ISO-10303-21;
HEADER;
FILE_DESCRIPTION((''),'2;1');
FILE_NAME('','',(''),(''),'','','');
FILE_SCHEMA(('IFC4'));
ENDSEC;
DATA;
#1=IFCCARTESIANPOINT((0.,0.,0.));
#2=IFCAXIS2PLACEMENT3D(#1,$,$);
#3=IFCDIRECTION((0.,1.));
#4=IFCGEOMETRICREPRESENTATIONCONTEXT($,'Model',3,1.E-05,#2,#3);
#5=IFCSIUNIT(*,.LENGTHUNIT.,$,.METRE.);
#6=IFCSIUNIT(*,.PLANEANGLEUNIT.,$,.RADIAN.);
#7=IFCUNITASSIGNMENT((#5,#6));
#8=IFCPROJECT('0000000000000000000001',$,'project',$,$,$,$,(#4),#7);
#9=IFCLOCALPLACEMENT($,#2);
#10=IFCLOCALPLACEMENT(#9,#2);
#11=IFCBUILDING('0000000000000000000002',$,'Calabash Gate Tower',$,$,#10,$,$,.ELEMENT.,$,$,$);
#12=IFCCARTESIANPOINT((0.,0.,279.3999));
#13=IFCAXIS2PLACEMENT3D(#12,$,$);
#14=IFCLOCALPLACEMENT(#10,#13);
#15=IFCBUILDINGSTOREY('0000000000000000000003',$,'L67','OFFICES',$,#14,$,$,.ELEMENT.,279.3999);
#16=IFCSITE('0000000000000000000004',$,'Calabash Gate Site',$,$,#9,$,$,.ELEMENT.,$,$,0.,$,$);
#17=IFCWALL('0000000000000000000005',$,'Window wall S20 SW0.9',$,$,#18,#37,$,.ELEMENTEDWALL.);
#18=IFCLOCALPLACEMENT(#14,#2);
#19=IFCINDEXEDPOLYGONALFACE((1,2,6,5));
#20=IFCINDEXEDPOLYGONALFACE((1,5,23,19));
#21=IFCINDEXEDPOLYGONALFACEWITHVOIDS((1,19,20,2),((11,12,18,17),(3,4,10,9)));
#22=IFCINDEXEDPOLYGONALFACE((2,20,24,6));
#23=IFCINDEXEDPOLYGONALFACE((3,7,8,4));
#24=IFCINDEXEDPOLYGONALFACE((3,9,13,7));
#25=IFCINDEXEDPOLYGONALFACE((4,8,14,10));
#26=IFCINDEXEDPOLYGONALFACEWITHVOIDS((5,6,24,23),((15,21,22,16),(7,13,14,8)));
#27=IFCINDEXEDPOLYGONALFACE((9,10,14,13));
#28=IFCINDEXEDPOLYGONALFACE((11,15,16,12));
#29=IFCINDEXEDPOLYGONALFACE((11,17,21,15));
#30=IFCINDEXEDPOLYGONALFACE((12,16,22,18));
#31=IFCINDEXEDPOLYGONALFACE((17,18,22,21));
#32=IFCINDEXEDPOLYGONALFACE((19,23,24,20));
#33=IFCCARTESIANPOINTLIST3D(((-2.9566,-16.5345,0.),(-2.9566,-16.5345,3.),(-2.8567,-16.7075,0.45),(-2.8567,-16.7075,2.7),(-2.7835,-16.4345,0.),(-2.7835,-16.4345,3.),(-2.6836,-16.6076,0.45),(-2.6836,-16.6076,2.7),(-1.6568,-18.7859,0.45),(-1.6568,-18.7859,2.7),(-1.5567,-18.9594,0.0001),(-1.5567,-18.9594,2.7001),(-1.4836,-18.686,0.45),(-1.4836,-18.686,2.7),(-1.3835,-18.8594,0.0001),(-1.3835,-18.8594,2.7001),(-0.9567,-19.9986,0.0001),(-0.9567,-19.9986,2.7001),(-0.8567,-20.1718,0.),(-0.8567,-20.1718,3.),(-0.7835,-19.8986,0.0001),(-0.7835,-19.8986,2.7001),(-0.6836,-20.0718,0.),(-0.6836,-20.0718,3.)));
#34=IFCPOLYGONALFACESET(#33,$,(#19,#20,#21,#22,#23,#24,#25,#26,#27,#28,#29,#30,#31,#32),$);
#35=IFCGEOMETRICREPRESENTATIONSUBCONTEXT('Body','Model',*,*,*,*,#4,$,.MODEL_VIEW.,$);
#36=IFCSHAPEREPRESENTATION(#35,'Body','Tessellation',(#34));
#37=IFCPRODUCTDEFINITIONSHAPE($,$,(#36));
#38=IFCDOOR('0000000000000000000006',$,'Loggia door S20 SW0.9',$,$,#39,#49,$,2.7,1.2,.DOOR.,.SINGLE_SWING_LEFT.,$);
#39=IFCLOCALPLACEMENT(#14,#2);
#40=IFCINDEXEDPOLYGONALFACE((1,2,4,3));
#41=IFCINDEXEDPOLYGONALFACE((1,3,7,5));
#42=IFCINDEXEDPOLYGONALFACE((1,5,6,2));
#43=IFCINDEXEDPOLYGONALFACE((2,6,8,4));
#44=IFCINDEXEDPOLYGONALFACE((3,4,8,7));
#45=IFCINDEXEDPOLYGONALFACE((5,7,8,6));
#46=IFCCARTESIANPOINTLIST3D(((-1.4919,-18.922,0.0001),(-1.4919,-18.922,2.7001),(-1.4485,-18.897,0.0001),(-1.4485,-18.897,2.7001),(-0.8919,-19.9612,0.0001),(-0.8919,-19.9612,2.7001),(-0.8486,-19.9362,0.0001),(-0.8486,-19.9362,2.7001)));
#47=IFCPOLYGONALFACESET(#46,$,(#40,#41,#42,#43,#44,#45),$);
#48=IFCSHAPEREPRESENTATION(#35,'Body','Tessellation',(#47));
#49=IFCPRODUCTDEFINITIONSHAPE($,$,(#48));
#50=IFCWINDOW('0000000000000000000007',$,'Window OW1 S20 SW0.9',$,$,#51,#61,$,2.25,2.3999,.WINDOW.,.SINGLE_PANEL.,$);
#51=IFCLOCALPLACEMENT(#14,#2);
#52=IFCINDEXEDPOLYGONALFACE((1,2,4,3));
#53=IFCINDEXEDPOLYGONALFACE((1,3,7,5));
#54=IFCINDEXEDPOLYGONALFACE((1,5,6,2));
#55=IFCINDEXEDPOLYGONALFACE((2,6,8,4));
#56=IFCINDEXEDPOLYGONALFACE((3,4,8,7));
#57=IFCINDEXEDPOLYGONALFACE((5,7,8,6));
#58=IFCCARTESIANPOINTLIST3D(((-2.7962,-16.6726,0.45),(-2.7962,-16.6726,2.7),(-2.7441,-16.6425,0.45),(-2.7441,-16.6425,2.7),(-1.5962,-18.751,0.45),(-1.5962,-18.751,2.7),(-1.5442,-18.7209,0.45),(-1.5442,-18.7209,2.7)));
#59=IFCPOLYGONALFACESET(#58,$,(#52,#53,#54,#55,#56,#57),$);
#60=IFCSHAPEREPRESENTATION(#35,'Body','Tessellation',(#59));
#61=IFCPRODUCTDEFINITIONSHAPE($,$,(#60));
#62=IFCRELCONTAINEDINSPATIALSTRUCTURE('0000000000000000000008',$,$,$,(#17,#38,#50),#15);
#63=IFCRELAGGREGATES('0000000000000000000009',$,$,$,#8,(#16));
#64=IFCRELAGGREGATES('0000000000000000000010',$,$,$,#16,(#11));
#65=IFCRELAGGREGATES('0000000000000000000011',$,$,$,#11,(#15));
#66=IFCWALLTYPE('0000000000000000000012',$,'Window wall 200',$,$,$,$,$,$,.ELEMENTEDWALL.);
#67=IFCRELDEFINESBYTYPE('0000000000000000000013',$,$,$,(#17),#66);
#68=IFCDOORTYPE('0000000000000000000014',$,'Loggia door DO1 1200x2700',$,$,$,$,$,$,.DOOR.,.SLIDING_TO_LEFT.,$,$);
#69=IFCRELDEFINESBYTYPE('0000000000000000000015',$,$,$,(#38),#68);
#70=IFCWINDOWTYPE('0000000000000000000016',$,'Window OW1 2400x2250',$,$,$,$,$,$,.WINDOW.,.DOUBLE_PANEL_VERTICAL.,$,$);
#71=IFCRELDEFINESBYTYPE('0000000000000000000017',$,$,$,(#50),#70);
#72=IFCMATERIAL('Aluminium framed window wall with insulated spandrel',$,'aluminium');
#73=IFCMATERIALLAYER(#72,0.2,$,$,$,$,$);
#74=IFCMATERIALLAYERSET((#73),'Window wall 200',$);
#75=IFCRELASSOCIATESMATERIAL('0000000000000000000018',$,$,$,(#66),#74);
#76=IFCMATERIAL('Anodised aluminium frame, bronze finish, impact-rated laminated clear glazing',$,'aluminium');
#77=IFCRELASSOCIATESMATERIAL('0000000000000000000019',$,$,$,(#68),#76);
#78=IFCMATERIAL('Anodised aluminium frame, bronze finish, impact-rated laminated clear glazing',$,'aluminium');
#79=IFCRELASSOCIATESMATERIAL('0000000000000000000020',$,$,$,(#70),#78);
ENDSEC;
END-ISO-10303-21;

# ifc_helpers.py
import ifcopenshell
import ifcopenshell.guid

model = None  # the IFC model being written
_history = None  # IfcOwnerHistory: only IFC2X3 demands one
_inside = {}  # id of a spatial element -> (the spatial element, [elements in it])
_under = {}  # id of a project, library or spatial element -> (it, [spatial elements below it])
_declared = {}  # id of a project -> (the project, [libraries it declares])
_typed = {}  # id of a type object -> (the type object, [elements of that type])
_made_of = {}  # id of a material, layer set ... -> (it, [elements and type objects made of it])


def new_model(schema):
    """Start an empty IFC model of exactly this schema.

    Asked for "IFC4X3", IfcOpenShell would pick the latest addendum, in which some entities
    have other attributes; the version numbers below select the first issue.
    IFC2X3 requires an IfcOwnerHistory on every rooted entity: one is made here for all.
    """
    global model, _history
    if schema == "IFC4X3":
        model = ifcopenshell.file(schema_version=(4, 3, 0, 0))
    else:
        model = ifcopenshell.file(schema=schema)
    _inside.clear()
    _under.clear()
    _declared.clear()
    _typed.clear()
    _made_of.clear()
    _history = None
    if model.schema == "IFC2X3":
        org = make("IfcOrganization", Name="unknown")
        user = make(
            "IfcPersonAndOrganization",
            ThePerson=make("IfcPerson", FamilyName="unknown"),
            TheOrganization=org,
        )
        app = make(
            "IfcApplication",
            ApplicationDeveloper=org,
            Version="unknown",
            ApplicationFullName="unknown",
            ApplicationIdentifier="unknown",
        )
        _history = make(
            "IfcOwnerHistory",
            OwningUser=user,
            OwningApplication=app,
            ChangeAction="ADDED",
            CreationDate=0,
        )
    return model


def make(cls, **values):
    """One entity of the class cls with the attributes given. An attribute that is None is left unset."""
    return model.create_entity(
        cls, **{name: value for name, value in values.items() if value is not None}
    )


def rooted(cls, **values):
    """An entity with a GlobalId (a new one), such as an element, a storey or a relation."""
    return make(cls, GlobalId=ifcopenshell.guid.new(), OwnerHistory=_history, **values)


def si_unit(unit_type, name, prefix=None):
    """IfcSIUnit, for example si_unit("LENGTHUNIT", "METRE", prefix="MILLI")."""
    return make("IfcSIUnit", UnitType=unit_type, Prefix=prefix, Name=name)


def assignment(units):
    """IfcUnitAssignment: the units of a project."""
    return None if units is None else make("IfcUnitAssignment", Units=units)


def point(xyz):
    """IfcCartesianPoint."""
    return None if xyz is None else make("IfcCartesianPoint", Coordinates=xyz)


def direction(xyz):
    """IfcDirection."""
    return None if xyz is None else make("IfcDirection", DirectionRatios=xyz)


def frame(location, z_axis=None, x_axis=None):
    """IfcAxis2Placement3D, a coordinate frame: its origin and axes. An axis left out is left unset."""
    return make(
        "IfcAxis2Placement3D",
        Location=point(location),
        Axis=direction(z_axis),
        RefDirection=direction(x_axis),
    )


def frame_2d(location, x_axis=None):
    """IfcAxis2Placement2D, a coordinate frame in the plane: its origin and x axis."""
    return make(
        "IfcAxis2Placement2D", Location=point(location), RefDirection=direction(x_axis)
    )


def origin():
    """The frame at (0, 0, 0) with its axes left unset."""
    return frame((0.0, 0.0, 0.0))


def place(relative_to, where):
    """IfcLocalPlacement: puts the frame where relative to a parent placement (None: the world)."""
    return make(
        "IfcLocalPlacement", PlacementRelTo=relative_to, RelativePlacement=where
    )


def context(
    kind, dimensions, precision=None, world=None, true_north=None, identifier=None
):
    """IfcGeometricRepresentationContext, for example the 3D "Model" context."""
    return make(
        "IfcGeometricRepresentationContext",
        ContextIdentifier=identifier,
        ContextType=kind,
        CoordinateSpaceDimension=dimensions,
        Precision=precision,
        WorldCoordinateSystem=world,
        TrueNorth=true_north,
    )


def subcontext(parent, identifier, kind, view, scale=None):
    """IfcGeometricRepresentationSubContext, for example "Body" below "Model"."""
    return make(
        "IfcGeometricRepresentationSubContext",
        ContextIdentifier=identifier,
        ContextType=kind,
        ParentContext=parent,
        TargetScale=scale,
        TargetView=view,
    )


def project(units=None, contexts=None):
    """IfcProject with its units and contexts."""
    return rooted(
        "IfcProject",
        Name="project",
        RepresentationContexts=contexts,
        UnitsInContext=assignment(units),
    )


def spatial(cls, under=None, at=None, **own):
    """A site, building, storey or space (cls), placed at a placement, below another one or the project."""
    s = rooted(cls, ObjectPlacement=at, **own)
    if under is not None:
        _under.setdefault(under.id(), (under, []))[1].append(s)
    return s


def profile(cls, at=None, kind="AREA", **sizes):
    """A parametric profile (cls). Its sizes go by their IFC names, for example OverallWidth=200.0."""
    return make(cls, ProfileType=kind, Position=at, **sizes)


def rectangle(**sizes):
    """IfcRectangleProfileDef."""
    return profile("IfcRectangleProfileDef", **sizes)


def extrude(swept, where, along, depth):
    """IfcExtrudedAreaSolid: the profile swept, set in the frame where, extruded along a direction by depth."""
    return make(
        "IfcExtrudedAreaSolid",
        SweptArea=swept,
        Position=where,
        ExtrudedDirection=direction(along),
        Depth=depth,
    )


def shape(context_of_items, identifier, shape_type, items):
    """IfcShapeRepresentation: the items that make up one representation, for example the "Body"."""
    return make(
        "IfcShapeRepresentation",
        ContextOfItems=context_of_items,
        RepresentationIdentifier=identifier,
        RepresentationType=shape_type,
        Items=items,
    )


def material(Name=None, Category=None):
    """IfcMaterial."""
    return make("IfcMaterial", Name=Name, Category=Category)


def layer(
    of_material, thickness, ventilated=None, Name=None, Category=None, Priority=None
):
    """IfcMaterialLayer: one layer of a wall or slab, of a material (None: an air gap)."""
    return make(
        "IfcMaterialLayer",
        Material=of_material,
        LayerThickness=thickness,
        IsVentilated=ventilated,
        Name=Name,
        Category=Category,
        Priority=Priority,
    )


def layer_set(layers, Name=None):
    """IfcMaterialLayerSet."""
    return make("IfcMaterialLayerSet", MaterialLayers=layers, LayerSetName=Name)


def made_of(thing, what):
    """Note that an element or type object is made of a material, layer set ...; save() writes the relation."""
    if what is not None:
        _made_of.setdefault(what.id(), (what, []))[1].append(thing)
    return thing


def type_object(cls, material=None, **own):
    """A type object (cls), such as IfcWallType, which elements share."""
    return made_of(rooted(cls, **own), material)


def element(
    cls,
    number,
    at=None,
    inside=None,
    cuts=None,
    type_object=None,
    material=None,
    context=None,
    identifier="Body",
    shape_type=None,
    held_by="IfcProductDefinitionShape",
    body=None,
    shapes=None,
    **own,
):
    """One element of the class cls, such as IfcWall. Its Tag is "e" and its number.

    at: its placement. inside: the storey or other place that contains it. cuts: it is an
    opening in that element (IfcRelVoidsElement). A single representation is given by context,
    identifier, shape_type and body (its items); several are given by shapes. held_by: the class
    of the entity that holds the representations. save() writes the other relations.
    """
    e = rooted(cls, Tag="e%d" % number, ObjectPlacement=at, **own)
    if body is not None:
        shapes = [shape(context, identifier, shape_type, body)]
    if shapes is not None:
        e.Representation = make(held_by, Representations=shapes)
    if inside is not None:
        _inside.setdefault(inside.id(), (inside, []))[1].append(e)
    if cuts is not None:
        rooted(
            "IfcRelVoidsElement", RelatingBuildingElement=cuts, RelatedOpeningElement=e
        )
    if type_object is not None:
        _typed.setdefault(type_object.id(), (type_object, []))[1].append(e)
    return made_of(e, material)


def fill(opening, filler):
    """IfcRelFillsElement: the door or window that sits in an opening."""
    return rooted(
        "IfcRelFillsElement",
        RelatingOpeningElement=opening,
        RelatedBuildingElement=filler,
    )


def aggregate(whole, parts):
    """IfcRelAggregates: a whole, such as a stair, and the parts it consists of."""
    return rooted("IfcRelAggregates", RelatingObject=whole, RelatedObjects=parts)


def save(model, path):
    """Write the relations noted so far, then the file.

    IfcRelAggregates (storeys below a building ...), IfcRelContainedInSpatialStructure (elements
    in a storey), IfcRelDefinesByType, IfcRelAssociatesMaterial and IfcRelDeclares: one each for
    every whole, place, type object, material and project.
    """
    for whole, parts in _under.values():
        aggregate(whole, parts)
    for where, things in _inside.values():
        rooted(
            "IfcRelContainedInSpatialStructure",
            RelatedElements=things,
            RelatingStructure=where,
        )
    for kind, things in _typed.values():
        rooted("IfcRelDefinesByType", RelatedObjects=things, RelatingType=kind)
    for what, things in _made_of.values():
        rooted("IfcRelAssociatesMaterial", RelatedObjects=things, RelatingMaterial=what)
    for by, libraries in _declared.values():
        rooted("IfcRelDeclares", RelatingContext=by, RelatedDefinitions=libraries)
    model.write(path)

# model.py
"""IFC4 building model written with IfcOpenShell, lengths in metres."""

from ifc_helpers import new_model, si_unit, direction, frame, frame_2d, origin, place, context, subcontext, project, spatial, rectangle, extrude, material, layer, layer_set, type_object, element, fill, save


model = new_model("IFC4")

# Units and contexts
model_context = context("Model", 3, precision=1e-05, world=origin(), true_north=direction((0.0, 1.0)))
body_context = subcontext(model_context, "Body", "Model", "MODEL_VIEW")
ifc_project = project(units=[si_unit("LENGTHUNIT", "METRE"), si_unit("PLANEANGLEUNIT", "RADIAN")], contexts=[model_context])

# Site, building, storey
site_placement = place(None, origin())
site = spatial("IfcSite", under=ifc_project, at=site_placement, Name="Calabash Gate Site", CompositionType="ELEMENT", RefElevation=0.0)
building_placement = place(site_placement, origin())
building = spatial("IfcBuilding", under=site, at=building_placement, Name="Calabash Gate Tower", CompositionType="ELEMENT")
storey_placement = place(building_placement, frame((0.0, 0.0, 279.3999)))
storey = spatial("IfcBuildingStorey", under=building, at=storey_placement, Name="L67", Description="OFFICES", CompositionType="ELEMENT", Elevation=279.3999)

# Shared definitions
ifc_material_1 = material(Name="Aluminium framed window wall with insulated spandrel", Category="aluminium")
ifc_layer_1 = layer(ifc_material_1, 0.2)
ifc_layer_set_1 = layer_set([ifc_layer_1], Name="Window wall 200")
wall_type_1 = type_object("IfcWallType", Name="Window wall 200", PredefinedType="ELEMENTEDWALL", material=ifc_layer_set_1)

# Wall, openings, door, window
wall_1_placement = place(storey_placement, frame((-2.8701, -16.4844, 0.0), z_axis=(0.0, 0.0, 1.0), x_axis=(0.499984, -0.866035, 0.0)))
wall_1 = element("IfcWall", 1, at=wall_1_placement, inside=storey, type_object=wall_type_1, Name="Window wall S20 SW0.9", PredefinedType="ELEMENTEDWALL", context=body_context, shape_type="SweptSolid", body=[
    extrude(rectangle(XDim=4.2, YDim=0.2, at=frame_2d((2.1001, 0.0))), origin(), (0.0, 0.0, 1.0), 3.0),
])
opening_1_placement = place(wall_1_placement, frame((0.2, 0.0, 0.45)))
opening_1 = element("IfcOpeningElement", 2, at=opening_1_placement, cuts=wall_1, PredefinedType="OPENING", context=body_context, shape_type="SweptSolid", body=[
    extrude(rectangle(XDim=2.3999, YDim=2.25, at=frame_2d((1.2, 1.125))), frame((0.0, 0.1099, 0.0), z_axis=(0.0, -1.0, 0.0), x_axis=(1.0, 0.0, 0.0)), (0.0, 0.0, 1.0), 0.22),
])
opening_2_placement = place(wall_1_placement, frame((2.8, 0.0, 0.0)))
opening_2 = element("IfcOpeningElement", 3, at=opening_2_placement, cuts=wall_1, PredefinedType="OPENING", context=body_context, shape_type="SweptSolid", body=[
    extrude(rectangle(XDim=1.2, YDim=2.7, at=frame_2d((0.6001, 1.3501))), frame((0.0, 0.1099, 0.0), z_axis=(0.0, -1.0, 0.0), x_axis=(1.0, 0.0, 0.0)), (0.0, 0.0, 1.0), 0.22),
])
ifc_material_2 = material(Name="Anodised aluminium frame, bronze finish, impact-rated laminated clear glazing", Category="aluminium")
door_type = type_object("IfcDoorType", Name="Loggia door DO1 1200x2700", OperationType="SLIDING_TO_LEFT", PredefinedType="DOOR", material=ifc_material_2)
door_placement = place(opening_2_placement, origin())
door = element("IfcDoor", 4, at=door_placement, inside=storey, type_object=door_type, Name="Loggia door S20 SW0.9", OperationType="SINGLE_SWING_LEFT", OverallHeight=2.7, OverallWidth=1.2, PredefinedType="DOOR", context=body_context, shape_type="SweptSolid", body=[
    extrude(rectangle(XDim=1.2, YDim=2.7, at=frame_2d((0.6001, 1.3501))), frame((0.0, 0.0249, 0.0), z_axis=(0.0, -1.0, 0.0), x_axis=(1.0, 0.0, 0.0)), (0.0, 0.0, 1.0), 0.05),
])
fill(opening_2, door)
ifc_material_3 = material(Name="Anodised aluminium frame, bronze finish, impact-rated laminated clear glazing", Category="aluminium")
window_type_1 = type_object("IfcWindowType", Name="Window OW1 2400x2250", PartitioningType="DOUBLE_PANEL_VERTICAL", PredefinedType="WINDOW", material=ifc_material_3)
window_1_placement = place(opening_1_placement, origin())
window_1 = element("IfcWindow", 5, at=window_1_placement, inside=storey, type_object=window_type_1, Name="Window OW1 S20 SW0.9", OverallHeight=2.25, OverallWidth=2.3999, PartitioningType="SINGLE_PANEL", PredefinedType="WINDOW", context=body_context, shape_type="SweptSolid", body=[
    extrude(rectangle(XDim=2.3999, YDim=2.25, at=frame_2d((1.2, 1.125))), frame((0.0, 0.03, 0.0), z_axis=(0.0, -1.0, 0.0), x_axis=(1.0, 0.0, 0.0)), (0.0, 0.0, 1.0), 0.0601),
])
fill(opening_1, window_1)

save(model, "model.ifc")
